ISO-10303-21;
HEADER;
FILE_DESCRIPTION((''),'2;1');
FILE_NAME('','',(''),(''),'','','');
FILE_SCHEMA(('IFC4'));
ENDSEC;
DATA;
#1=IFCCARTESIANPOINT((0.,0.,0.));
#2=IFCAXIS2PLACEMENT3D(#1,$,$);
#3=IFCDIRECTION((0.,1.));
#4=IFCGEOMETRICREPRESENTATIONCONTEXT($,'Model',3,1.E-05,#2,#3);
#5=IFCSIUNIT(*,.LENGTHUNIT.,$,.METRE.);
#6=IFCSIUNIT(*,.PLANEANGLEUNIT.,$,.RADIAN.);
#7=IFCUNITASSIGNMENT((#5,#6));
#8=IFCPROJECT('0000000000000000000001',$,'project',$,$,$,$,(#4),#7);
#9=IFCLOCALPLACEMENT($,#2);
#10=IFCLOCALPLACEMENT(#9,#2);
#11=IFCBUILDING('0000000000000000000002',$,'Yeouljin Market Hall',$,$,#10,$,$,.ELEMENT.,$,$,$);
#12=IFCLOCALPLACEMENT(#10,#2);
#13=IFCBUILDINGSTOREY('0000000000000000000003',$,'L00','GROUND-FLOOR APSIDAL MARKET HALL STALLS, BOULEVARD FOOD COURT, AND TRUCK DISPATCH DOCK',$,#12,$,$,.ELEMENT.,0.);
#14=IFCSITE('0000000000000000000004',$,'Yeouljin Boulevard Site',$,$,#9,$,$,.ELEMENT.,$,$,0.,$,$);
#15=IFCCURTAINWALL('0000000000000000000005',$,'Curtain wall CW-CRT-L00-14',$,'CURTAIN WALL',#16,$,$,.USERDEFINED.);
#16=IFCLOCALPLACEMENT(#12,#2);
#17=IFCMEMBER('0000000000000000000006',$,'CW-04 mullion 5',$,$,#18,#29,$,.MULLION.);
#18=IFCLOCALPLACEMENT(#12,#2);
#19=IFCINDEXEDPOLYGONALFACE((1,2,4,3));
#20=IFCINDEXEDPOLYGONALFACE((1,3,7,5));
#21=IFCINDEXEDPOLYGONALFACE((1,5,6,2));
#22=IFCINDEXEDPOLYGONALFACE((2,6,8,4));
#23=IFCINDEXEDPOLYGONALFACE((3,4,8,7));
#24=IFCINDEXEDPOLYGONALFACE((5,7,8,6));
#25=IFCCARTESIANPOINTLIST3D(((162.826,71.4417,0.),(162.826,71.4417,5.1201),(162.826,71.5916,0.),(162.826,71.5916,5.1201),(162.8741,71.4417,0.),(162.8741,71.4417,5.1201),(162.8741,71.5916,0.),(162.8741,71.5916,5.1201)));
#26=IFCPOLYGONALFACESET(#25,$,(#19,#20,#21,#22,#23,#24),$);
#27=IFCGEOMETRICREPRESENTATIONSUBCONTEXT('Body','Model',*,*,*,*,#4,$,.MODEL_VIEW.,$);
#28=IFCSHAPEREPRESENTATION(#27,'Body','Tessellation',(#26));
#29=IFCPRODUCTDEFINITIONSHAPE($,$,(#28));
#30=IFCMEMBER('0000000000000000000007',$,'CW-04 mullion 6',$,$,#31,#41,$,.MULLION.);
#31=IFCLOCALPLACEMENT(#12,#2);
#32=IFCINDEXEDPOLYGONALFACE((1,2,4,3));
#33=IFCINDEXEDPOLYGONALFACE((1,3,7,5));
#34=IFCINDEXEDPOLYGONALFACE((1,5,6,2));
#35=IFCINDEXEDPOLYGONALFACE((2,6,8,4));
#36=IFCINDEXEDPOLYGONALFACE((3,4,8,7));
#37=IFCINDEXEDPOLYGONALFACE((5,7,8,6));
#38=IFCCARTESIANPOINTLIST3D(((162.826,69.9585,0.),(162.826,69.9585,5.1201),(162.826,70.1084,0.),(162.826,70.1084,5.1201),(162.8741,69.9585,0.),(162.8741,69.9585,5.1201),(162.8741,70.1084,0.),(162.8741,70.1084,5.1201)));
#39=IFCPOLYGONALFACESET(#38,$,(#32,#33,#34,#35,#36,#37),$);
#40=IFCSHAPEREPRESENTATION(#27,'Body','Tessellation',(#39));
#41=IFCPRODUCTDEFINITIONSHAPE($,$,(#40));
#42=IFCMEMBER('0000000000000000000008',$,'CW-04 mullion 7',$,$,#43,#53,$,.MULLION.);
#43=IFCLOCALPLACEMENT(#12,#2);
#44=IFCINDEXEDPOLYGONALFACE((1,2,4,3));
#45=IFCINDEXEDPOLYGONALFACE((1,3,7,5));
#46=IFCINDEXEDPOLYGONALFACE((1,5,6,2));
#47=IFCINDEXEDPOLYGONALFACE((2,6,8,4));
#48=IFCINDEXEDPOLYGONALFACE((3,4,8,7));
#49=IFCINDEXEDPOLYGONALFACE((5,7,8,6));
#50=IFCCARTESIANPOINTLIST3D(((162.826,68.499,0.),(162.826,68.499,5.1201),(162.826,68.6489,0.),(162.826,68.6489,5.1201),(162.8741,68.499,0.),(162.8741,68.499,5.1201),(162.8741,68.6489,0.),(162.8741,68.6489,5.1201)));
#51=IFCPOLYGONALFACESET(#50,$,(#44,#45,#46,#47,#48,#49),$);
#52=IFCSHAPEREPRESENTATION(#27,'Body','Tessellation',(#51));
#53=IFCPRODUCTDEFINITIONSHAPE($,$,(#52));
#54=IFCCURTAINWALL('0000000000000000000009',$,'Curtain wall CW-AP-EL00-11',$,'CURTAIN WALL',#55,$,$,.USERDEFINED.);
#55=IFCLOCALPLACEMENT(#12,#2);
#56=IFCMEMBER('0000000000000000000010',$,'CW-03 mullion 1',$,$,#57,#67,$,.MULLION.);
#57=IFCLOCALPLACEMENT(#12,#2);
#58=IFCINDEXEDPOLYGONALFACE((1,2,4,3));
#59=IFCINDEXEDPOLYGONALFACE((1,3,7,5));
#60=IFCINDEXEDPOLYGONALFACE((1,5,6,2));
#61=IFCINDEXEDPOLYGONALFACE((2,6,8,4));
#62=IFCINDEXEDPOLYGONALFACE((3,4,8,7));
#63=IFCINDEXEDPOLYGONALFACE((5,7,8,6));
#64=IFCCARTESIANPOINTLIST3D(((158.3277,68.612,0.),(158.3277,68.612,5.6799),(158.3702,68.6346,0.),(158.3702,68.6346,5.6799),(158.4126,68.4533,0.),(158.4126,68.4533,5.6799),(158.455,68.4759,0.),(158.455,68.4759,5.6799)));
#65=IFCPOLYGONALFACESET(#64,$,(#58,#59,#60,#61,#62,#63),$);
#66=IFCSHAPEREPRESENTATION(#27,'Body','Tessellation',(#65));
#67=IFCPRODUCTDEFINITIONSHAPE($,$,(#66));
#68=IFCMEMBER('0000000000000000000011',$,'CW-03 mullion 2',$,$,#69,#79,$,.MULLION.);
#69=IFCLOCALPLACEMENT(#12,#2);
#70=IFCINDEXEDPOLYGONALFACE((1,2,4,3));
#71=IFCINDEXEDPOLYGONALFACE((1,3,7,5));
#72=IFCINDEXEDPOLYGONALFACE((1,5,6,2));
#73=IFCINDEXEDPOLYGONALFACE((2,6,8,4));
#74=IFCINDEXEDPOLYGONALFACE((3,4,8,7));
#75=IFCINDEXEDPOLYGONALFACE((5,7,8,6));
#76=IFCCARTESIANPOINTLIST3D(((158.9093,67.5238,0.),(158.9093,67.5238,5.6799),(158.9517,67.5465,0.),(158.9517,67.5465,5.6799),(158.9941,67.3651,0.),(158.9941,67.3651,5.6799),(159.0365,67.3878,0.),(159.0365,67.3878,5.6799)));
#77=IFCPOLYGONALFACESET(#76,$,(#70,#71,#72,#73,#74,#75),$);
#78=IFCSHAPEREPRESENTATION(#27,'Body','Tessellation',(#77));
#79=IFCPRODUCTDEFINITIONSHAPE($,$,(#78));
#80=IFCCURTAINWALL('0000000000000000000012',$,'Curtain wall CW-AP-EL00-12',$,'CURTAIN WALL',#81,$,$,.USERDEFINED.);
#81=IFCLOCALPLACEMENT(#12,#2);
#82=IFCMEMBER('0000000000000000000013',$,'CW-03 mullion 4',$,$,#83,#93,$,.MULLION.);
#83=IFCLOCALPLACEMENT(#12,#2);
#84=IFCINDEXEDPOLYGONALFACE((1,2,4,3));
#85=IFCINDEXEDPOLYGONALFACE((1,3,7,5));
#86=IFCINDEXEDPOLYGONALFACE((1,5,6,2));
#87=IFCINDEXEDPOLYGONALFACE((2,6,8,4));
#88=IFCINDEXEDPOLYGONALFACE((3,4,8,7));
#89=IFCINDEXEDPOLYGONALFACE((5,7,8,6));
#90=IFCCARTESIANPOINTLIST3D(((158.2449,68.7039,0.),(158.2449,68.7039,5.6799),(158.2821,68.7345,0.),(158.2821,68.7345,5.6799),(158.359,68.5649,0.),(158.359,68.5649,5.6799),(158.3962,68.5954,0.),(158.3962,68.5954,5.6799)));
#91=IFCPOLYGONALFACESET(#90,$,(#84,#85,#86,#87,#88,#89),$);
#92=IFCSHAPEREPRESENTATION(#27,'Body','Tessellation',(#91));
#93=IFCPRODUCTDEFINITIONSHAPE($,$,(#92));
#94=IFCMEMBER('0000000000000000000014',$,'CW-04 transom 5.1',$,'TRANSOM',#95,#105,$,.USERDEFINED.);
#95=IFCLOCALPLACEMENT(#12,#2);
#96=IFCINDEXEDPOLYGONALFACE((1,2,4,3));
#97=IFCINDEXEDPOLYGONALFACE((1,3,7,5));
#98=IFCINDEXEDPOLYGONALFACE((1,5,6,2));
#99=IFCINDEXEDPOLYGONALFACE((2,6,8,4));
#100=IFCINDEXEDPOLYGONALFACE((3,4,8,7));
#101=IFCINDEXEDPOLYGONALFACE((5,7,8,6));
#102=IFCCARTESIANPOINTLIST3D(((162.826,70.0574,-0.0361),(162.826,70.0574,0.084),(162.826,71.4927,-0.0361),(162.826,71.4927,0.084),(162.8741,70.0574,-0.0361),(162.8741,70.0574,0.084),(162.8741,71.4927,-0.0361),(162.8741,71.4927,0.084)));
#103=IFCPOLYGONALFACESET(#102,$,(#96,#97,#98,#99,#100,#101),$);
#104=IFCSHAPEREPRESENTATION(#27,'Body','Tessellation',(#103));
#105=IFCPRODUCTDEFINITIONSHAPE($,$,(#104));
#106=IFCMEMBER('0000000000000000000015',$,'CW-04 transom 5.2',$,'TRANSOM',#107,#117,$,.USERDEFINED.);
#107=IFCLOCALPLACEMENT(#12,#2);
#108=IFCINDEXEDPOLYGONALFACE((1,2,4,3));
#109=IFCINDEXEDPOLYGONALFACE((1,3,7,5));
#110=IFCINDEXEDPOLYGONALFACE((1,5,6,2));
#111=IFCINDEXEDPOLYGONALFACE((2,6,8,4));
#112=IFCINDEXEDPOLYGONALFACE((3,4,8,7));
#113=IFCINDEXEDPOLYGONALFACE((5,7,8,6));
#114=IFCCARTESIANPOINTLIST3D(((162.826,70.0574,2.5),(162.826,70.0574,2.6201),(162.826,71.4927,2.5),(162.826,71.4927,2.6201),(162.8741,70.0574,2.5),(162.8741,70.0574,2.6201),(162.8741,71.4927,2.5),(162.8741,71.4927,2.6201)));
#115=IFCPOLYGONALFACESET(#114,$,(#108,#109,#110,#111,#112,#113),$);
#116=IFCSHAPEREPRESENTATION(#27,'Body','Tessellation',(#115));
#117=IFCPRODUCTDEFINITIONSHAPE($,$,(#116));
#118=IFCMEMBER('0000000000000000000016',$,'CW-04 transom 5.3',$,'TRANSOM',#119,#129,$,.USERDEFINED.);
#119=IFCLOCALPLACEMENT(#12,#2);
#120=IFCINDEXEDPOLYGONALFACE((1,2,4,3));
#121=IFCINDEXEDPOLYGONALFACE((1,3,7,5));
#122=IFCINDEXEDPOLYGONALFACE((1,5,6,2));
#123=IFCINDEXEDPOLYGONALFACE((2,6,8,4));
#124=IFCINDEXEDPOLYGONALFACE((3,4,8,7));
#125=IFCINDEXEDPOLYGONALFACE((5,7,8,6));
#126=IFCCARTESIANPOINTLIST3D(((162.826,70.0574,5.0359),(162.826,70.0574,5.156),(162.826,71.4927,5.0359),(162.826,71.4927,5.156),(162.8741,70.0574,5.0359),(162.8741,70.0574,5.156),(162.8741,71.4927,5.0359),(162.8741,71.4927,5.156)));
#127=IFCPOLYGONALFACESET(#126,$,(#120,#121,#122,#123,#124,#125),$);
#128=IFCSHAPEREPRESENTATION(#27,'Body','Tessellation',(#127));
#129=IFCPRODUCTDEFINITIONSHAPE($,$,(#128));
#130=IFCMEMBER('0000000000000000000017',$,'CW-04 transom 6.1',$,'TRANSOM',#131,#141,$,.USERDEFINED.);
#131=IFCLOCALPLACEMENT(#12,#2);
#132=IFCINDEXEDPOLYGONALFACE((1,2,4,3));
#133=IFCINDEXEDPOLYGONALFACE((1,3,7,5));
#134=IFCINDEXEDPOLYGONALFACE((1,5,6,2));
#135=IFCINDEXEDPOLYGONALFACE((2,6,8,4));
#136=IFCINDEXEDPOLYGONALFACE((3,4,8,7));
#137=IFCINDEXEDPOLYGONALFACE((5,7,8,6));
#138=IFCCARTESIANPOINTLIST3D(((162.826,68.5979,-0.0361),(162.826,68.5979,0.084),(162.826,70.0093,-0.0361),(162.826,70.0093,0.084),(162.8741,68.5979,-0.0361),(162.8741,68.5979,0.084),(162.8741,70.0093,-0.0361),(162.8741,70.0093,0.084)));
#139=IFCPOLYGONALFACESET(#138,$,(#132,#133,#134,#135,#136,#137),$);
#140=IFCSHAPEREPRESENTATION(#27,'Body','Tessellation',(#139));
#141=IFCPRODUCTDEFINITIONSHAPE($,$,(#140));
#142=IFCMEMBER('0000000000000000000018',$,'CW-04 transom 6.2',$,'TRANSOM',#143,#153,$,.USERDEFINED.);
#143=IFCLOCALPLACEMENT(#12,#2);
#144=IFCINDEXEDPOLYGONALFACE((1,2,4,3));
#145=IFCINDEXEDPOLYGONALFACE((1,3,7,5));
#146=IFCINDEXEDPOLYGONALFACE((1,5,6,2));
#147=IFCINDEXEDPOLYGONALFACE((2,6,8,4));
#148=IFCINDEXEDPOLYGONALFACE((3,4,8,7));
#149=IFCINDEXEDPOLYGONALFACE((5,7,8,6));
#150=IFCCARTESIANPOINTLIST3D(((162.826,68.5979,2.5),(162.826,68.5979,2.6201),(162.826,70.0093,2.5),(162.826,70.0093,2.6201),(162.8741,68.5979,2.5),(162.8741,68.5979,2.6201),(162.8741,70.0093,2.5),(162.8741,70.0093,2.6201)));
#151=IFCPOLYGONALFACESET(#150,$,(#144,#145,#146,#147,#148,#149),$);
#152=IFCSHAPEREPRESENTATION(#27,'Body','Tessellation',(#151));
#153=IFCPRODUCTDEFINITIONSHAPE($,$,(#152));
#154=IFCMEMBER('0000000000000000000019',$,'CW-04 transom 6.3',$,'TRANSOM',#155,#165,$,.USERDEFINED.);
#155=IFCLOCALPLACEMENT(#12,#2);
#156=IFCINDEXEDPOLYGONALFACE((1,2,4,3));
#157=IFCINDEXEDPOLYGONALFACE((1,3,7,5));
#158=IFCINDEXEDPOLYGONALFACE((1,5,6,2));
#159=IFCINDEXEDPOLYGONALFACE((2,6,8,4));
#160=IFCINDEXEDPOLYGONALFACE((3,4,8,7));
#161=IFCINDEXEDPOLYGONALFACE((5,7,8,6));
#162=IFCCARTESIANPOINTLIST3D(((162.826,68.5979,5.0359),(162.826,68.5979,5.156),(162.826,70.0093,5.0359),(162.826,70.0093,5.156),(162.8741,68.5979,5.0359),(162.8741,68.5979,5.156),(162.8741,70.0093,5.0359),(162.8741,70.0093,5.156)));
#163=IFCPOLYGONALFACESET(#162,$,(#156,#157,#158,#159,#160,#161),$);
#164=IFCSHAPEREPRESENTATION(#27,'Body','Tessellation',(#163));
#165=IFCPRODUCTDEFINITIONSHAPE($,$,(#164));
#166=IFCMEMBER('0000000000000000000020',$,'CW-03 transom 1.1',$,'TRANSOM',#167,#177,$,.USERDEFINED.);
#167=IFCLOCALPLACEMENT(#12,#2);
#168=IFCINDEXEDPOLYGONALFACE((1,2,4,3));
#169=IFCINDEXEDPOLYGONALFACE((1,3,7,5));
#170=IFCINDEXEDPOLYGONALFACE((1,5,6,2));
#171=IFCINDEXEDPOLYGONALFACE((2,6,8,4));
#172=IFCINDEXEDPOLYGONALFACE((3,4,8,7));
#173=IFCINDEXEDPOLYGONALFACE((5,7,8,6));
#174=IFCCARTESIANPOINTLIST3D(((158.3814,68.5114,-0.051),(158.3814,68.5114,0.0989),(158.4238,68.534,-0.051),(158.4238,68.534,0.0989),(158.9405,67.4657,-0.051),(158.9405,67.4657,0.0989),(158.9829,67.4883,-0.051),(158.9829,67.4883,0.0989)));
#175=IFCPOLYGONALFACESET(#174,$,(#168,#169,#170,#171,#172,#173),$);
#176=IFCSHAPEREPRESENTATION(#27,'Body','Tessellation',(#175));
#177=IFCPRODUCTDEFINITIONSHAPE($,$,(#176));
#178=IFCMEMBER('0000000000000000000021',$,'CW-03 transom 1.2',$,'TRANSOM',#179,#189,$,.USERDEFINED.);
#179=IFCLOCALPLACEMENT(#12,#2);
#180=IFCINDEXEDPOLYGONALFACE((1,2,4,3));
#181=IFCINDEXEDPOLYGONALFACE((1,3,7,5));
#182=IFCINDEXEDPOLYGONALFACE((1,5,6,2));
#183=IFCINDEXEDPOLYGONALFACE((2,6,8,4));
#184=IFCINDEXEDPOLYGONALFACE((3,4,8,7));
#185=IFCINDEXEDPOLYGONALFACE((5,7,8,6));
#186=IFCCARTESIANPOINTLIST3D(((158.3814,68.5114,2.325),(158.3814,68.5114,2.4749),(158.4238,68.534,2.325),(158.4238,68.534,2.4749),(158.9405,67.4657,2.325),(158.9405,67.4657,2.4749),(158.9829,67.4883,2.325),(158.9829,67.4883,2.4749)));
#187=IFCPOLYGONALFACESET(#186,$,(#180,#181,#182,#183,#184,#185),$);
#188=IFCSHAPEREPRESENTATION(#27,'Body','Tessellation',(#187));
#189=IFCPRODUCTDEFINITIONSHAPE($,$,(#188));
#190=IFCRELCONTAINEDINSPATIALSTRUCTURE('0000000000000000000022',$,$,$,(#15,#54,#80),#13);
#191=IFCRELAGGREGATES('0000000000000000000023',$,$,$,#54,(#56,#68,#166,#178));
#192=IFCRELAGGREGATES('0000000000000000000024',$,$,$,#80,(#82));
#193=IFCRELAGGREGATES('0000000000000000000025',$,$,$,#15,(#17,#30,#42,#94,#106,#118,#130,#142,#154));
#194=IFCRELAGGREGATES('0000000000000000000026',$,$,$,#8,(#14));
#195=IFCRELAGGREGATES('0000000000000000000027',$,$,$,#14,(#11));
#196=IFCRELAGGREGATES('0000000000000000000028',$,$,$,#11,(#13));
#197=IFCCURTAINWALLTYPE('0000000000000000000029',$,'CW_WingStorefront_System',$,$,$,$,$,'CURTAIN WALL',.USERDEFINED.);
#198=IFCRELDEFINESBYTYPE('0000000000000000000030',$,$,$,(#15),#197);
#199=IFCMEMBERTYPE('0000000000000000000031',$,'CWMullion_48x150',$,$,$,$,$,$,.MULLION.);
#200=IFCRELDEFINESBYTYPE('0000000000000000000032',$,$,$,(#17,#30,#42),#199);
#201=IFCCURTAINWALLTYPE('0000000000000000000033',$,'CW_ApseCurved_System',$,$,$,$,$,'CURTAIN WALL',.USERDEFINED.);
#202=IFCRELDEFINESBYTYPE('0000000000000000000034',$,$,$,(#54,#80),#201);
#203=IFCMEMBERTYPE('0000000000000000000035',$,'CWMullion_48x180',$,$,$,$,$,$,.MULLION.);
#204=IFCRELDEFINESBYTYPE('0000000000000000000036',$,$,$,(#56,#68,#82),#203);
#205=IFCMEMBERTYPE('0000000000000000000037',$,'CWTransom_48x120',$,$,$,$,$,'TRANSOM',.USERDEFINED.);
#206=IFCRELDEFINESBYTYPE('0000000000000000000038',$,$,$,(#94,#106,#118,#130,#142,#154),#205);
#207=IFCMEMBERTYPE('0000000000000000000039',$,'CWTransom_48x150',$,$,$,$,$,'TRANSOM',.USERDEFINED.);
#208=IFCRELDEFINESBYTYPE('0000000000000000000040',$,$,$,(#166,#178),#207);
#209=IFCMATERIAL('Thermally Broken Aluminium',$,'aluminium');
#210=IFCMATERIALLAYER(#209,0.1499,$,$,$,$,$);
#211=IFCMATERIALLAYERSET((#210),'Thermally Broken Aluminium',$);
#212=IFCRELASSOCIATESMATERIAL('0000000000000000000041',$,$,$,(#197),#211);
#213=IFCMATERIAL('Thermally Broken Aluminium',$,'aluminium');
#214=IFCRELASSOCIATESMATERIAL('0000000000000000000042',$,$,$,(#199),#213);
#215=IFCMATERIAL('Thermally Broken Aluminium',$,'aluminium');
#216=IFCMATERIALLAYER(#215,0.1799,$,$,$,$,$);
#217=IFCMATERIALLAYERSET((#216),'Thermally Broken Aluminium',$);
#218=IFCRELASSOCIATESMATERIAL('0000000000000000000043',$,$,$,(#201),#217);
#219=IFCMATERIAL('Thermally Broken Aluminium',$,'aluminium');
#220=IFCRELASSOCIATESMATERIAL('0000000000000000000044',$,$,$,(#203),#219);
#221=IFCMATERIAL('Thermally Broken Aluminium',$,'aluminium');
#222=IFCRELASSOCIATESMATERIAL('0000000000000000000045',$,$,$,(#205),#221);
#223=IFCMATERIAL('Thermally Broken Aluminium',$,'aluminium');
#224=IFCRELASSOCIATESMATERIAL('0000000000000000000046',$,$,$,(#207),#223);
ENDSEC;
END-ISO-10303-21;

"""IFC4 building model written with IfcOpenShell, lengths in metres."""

from ifc_helpers import new_model, si_unit, direction, frame, origin, origin_2d, place, context, subcontext, project, spatial, rectangle, extrude, material, layer, layer_set, material_profile, profile_set, type_object, element, aggregate, save


model = new_model("IFC4")

# Units and contexts
model_context = context("Model", 3, precision=1e-05, world=origin(), true_north=direction((0.0, 1.0)))
body_context = subcontext(model_context, "Body", "Model", "MODEL_VIEW")
ifc_project = project(units=[si_unit("LENGTHUNIT", "METRE"), si_unit("PLANEANGLEUNIT", "RADIAN")], contexts=[model_context])

# Site, building, storey
site_placement = place(None, origin())
site = spatial("IfcSite", under=ifc_project, at=site_placement, Name="Yeouljin Boulevard Site", CompositionType="ELEMENT", RefElevation=0.0)
building_placement = place(site_placement, origin())
building = spatial("IfcBuilding", under=site, at=building_placement, Name="Yeouljin Market Hall", CompositionType="ELEMENT")
storey_placement = place(building_placement, origin())
storey = spatial("IfcBuildingStorey", under=building, at=storey_placement, Name="L00", Description="GROUND-FLOOR APSIDAL MARKET HALL STALLS, BOULEVARD FOOD COURT, AND TRUCK DISPATCH DOCK", CompositionType="ELEMENT", Elevation=0.0)

# Curtain walls, members
ifc_material_1 = material(Name="Thermally Broken Aluminium", Category="aluminium")
ifc_layer_1 = layer(ifc_material_1, 0.1499)
ifc_layer_set_1 = layer_set([ifc_layer_1], Name="Thermally Broken Aluminium")
curtain_wall_type_1 = type_object("IfcCurtainWallType", Name="CW_WingStorefront_System", ElementType="CURTAIN WALL", PredefinedType="USERDEFINED", material=ifc_layer_set_1)
curtain_wall_1_placement = place(storey_placement, origin())
curtain_wall_1 = element("IfcCurtainWall", 1, at=curtain_wall_1_placement, inside=storey, type_object=curtain_wall_type_1, Name="Curtain wall CW-CRT-L00-14", ObjectType="CURTAIN WALL", PredefinedType="USERDEFINED")
ifc_material_2 = material(Name="Thermally Broken Aluminium", Category="aluminium")
ifc_material_profile_1 = material_profile(ifc_material_2, rectangle(XDim=0.0481, YDim=0.1499, at=origin_2d()), Name="CW-MULL-48x150")
ifc_profile_set_1 = profile_set([ifc_material_profile_1], Name="Thermally Broken Aluminium")
member_type_1 = type_object("IfcMemberType", Name="CWMullion_48x150", PredefinedType="MULLION", material=ifc_profile_set_1)
member_1_placement = place(storey_placement, frame((162.8501, 71.5166, 0.0), z_axis=(0.0, 0.0, 1.0), x_axis=(1.0, 0.0, 0.0)))
member_1 = element("IfcMember", 2, at=member_1_placement, type_object=member_type_1, Name="CW-04 mullion 5", PredefinedType="MULLION", context=body_context, shape_type="SweptSolid", body=[
    extrude(rectangle(XDim=0.0481, YDim=0.1499, at=origin_2d()), origin(), (0.0, 0.0, 1.0), 5.1201),
])
member_2_placement = place(storey_placement, frame((162.8501, 70.0334, 0.0), z_axis=(0.0, 0.0, 1.0), x_axis=(1.0, 0.0, 0.0)))
member_2 = element("IfcMember", 3, at=member_2_placement, type_object=member_type_1, Name="CW-04 mullion 6", PredefinedType="MULLION", context=body_context, shape_type="SweptSolid", body=[
    extrude(rectangle(XDim=0.0481, YDim=0.1499, at=origin_2d()), origin(), (0.0, 0.0, 1.0), 5.1201),
])
member_3_placement = place(storey_placement, frame((162.8501, 68.574, 0.0), z_axis=(0.0, 0.0, 1.0), x_axis=(1.0, 0.0, 0.0)))
member_3 = element("IfcMember", 4, at=member_3_placement, type_object=member_type_1, Name="CW-04 mullion 7", PredefinedType="MULLION", context=body_context, shape_type="SweptSolid", body=[
    extrude(rectangle(XDim=0.0481, YDim=0.1499, at=origin_2d()), origin(), (0.0, 0.0, 1.0), 5.1201),
])
ifc_material_3 = material(Name="Thermally Broken Aluminium", Category="aluminium")
ifc_layer_2 = layer(ifc_material_3, 0.1799)
ifc_layer_set_2 = layer_set([ifc_layer_2], Name="Thermally Broken Aluminium")
curtain_wall_type_2 = type_object("IfcCurtainWallType", Name="CW_ApseCurved_System", ElementType="CURTAIN WALL", PredefinedType="USERDEFINED", material=ifc_layer_set_2)
curtain_wall_2_placement = place(storey_placement, origin())
curtain_wall_2 = element("IfcCurtainWall", 5, at=curtain_wall_2_placement, inside=storey, type_object=curtain_wall_type_2, Name="Curtain wall CW-AP-EL00-11", ObjectType="CURTAIN WALL", PredefinedType="USERDEFINED")
ifc_material_4 = material(Name="Thermally Broken Aluminium", Category="aluminium")
ifc_material_profile_2 = material_profile(ifc_material_4, rectangle(XDim=0.0481, YDim=0.1799, at=origin_2d()), Name="CW-MULL-48x180")
ifc_profile_set_2 = profile_set([ifc_material_profile_2], Name="Thermally Broken Aluminium")
member_type_2 = type_object("IfcMemberType", Name="CWMullion_48x180", PredefinedType="MULLION", material=ifc_profile_set_2)
member_4_placement = place(storey_placement, frame((158.3914, 68.5439, 0.0), z_axis=(0.0, 0.0, 1.0), x_axis=(0.881931, 0.471378, 0.0)))
member_4 = element("IfcMember", 6, at=member_4_placement, type_object=member_type_2, Name="CW-03 mullion 1", PredefinedType="MULLION", context=body_context, shape_type="SweptSolid", body=[
    extrude(rectangle(XDim=0.0481, YDim=0.1799, at=origin_2d()), origin(), (0.0, 0.0, 1.0), 5.6799),
])
member_5_placement = place(storey_placement, frame((158.9729, 67.4558, 0.0), z_axis=(0.0, 0.0, 1.0), x_axis=(0.881931, 0.471378, 0.0)))
member_5 = element("IfcMember", 7, at=member_5_placement, type_object=member_type_2, Name="CW-03 mullion 2", PredefinedType="MULLION", context=body_context, shape_type="SweptSolid", body=[
    extrude(rectangle(XDim=0.0481, YDim=0.1799, at=origin_2d()), origin(), (0.0, 0.0, 1.0), 5.6799),
])

# Curtain wall, member
curtain_wall_3_placement = place(storey_placement, origin())
curtain_wall_3 = element("IfcCurtainWall", 8, at=curtain_wall_3_placement, inside=storey, type_object=curtain_wall_type_2, Name="Curtain wall CW-AP-EL00-12", ObjectType="CURTAIN WALL", PredefinedType="USERDEFINED")
member_6_placement = place(storey_placement, frame((158.3206, 68.6497, 0.0), z_axis=(0.0, 0.0, 1.0), x_axis=(0.773018, 0.634384, 0.0)))
member_6 = element("IfcMember", 9, at=member_6_placement, type_object=member_type_2, Name="CW-03 mullion 4", PredefinedType="MULLION", context=body_context, shape_type="SweptSolid", body=[
    extrude(rectangle(XDim=0.0481, YDim=0.1799, at=origin_2d()), origin(), (0.0, 0.0, 1.0), 5.6799),
])

# Members
ifc_material_5 = material(Name="Thermally Broken Aluminium", Category="aluminium")
ifc_material_profile_3 = material_profile(ifc_material_5, rectangle(XDim=0.0481, YDim=0.1201, at=origin_2d()), Name="CW-TRAN-48x120")
ifc_profile_set_3 = profile_set([ifc_material_profile_3], Name="Thermally Broken Aluminium")
member_type_3 = type_object("IfcMemberType", Name="CWTransom_48x120", ElementType="TRANSOM", PredefinedType="USERDEFINED", material=ifc_profile_set_3)
member_7_placement = place(storey_placement, frame((162.8501, 71.4927, 0.0239), z_axis=(0.0, -1.0, 0.0), x_axis=(1.0, 0.0, 0.0)))
member_7 = element("IfcMember", 10, at=member_7_placement, type_object=member_type_3, Name="CW-04 transom 5.1", ObjectType="TRANSOM", PredefinedType="USERDEFINED", context=body_context, shape_type="SweptSolid", body=[
    extrude(rectangle(XDim=0.0481, YDim=0.1201, at=origin_2d()), origin(), (0.0, 0.0, 1.0), 1.4353),
])
member_8_placement = place(storey_placement, frame((162.8501, 71.4927, 2.5601), z_axis=(0.0, -1.0, 0.0), x_axis=(1.0, 0.0, 0.0)))
member_8 = element("IfcMember", 11, at=member_8_placement, type_object=member_type_3, Name="CW-04 transom 5.2", ObjectType="TRANSOM", PredefinedType="USERDEFINED", context=body_context, shape_type="SweptSolid", body=[
    extrude(rectangle(XDim=0.0481, YDim=0.1201, at=origin_2d()), origin(), (0.0, 0.0, 1.0), 1.4353),
])
member_9_placement = place(storey_placement, frame((162.8501, 71.4927, 5.0959), z_axis=(0.0, -1.0, 0.0), x_axis=(1.0, 0.0, 0.0)))
member_9 = element("IfcMember", 12, at=member_9_placement, type_object=member_type_3, Name="CW-04 transom 5.3", ObjectType="TRANSOM", PredefinedType="USERDEFINED", context=body_context, shape_type="SweptSolid", body=[
    extrude(rectangle(XDim=0.0481, YDim=0.1201, at=origin_2d()), origin(), (0.0, 0.0, 1.0), 1.4353),
])
member_10_placement = place(storey_placement, frame((162.8501, 70.0093, 0.0239), z_axis=(0.0, -1.0, 0.0), x_axis=(1.0, 0.0, 0.0)))
member_10 = element("IfcMember", 13, at=member_10_placement, type_object=member_type_3, Name="CW-04 transom 6.1", ObjectType="TRANSOM", PredefinedType="USERDEFINED", context=body_context, shape_type="SweptSolid", body=[
    extrude(rectangle(XDim=0.0481, YDim=0.1201, at=origin_2d()), origin(), (0.0, 0.0, 1.0), 1.4114),
])
member_11_placement = place(storey_placement, frame((162.8501, 70.0093, 2.5601), z_axis=(0.0, -1.0, 0.0), x_axis=(1.0, 0.0, 0.0)))
member_11 = element("IfcMember", 14, at=member_11_placement, type_object=member_type_3, Name="CW-04 transom 6.2", ObjectType="TRANSOM", PredefinedType="USERDEFINED", context=body_context, shape_type="SweptSolid", body=[
    extrude(rectangle(XDim=0.0481, YDim=0.1201, at=origin_2d()), origin(), (0.0, 0.0, 1.0), 1.4114),
])
member_12_placement = place(storey_placement, frame((162.8501, 70.0093, 5.0959), z_axis=(0.0, -1.0, 0.0), x_axis=(1.0, 0.0, 0.0)))
member_12 = element("IfcMember", 15, at=member_12_placement, type_object=member_type_3, Name="CW-04 transom 6.3", ObjectType="TRANSOM", PredefinedType="USERDEFINED", context=body_context, shape_type="SweptSolid", body=[
    extrude(rectangle(XDim=0.0481, YDim=0.1201, at=origin_2d()), origin(), (0.0, 0.0, 1.0), 1.4114),
])
ifc_material_6 = material(Name="Thermally Broken Aluminium", Category="aluminium")
ifc_material_profile_4 = material_profile(ifc_material_6, rectangle(XDim=0.0481, YDim=0.1499, at=origin_2d()), Name="CW-TRAN-48x150")
ifc_profile_set_4 = profile_set([ifc_material_profile_4], Name="Thermally Broken Aluminium")
member_type_4 = type_object("IfcMemberType", Name="CWTransom_48x150", ElementType="TRANSOM", PredefinedType="USERDEFINED", material=ifc_profile_set_4)
member_13_placement = place(storey_placement, frame((158.4026, 68.5227, 0.0239), z_axis=(0.471507, -0.881862, 0.0), x_axis=(0.881862, 0.471507, 0.0)))
member_13 = element("IfcMember", 16, at=member_13_placement, type_object=member_type_4, Name="CW-03 transom 1.1", ObjectType="TRANSOM", PredefinedType="USERDEFINED", context=body_context, shape_type="SweptSolid", body=[
    extrude(rectangle(XDim=0.0481, YDim=0.1499, at=origin_2d()), origin(), (0.0, 0.0, 1.0), 1.1858),
])
member_14_placement = place(storey_placement, frame((158.4026, 68.5227, 2.3999), z_axis=(0.471507, -0.881862, 0.0), x_axis=(0.881862, 0.471507, 0.0)))
member_14 = element("IfcMember", 17, at=member_14_placement, type_object=member_type_4, Name="CW-03 transom 1.2", ObjectType="TRANSOM", PredefinedType="USERDEFINED", context=body_context, shape_type="SweptSolid", body=[
    extrude(rectangle(XDim=0.0481, YDim=0.1499, at=origin_2d()), origin(), (0.0, 0.0, 1.0), 1.1858),
])

aggregate(curtain_wall_2, [member_4, member_5, member_13, member_14])
aggregate(curtain_wall_3, [member_6])
aggregate(curtain_wall_1, [member_1, member_2, member_3, member_7, member_8, member_9, member_10, member_11, member_12])

save(model, "model.ifc")
